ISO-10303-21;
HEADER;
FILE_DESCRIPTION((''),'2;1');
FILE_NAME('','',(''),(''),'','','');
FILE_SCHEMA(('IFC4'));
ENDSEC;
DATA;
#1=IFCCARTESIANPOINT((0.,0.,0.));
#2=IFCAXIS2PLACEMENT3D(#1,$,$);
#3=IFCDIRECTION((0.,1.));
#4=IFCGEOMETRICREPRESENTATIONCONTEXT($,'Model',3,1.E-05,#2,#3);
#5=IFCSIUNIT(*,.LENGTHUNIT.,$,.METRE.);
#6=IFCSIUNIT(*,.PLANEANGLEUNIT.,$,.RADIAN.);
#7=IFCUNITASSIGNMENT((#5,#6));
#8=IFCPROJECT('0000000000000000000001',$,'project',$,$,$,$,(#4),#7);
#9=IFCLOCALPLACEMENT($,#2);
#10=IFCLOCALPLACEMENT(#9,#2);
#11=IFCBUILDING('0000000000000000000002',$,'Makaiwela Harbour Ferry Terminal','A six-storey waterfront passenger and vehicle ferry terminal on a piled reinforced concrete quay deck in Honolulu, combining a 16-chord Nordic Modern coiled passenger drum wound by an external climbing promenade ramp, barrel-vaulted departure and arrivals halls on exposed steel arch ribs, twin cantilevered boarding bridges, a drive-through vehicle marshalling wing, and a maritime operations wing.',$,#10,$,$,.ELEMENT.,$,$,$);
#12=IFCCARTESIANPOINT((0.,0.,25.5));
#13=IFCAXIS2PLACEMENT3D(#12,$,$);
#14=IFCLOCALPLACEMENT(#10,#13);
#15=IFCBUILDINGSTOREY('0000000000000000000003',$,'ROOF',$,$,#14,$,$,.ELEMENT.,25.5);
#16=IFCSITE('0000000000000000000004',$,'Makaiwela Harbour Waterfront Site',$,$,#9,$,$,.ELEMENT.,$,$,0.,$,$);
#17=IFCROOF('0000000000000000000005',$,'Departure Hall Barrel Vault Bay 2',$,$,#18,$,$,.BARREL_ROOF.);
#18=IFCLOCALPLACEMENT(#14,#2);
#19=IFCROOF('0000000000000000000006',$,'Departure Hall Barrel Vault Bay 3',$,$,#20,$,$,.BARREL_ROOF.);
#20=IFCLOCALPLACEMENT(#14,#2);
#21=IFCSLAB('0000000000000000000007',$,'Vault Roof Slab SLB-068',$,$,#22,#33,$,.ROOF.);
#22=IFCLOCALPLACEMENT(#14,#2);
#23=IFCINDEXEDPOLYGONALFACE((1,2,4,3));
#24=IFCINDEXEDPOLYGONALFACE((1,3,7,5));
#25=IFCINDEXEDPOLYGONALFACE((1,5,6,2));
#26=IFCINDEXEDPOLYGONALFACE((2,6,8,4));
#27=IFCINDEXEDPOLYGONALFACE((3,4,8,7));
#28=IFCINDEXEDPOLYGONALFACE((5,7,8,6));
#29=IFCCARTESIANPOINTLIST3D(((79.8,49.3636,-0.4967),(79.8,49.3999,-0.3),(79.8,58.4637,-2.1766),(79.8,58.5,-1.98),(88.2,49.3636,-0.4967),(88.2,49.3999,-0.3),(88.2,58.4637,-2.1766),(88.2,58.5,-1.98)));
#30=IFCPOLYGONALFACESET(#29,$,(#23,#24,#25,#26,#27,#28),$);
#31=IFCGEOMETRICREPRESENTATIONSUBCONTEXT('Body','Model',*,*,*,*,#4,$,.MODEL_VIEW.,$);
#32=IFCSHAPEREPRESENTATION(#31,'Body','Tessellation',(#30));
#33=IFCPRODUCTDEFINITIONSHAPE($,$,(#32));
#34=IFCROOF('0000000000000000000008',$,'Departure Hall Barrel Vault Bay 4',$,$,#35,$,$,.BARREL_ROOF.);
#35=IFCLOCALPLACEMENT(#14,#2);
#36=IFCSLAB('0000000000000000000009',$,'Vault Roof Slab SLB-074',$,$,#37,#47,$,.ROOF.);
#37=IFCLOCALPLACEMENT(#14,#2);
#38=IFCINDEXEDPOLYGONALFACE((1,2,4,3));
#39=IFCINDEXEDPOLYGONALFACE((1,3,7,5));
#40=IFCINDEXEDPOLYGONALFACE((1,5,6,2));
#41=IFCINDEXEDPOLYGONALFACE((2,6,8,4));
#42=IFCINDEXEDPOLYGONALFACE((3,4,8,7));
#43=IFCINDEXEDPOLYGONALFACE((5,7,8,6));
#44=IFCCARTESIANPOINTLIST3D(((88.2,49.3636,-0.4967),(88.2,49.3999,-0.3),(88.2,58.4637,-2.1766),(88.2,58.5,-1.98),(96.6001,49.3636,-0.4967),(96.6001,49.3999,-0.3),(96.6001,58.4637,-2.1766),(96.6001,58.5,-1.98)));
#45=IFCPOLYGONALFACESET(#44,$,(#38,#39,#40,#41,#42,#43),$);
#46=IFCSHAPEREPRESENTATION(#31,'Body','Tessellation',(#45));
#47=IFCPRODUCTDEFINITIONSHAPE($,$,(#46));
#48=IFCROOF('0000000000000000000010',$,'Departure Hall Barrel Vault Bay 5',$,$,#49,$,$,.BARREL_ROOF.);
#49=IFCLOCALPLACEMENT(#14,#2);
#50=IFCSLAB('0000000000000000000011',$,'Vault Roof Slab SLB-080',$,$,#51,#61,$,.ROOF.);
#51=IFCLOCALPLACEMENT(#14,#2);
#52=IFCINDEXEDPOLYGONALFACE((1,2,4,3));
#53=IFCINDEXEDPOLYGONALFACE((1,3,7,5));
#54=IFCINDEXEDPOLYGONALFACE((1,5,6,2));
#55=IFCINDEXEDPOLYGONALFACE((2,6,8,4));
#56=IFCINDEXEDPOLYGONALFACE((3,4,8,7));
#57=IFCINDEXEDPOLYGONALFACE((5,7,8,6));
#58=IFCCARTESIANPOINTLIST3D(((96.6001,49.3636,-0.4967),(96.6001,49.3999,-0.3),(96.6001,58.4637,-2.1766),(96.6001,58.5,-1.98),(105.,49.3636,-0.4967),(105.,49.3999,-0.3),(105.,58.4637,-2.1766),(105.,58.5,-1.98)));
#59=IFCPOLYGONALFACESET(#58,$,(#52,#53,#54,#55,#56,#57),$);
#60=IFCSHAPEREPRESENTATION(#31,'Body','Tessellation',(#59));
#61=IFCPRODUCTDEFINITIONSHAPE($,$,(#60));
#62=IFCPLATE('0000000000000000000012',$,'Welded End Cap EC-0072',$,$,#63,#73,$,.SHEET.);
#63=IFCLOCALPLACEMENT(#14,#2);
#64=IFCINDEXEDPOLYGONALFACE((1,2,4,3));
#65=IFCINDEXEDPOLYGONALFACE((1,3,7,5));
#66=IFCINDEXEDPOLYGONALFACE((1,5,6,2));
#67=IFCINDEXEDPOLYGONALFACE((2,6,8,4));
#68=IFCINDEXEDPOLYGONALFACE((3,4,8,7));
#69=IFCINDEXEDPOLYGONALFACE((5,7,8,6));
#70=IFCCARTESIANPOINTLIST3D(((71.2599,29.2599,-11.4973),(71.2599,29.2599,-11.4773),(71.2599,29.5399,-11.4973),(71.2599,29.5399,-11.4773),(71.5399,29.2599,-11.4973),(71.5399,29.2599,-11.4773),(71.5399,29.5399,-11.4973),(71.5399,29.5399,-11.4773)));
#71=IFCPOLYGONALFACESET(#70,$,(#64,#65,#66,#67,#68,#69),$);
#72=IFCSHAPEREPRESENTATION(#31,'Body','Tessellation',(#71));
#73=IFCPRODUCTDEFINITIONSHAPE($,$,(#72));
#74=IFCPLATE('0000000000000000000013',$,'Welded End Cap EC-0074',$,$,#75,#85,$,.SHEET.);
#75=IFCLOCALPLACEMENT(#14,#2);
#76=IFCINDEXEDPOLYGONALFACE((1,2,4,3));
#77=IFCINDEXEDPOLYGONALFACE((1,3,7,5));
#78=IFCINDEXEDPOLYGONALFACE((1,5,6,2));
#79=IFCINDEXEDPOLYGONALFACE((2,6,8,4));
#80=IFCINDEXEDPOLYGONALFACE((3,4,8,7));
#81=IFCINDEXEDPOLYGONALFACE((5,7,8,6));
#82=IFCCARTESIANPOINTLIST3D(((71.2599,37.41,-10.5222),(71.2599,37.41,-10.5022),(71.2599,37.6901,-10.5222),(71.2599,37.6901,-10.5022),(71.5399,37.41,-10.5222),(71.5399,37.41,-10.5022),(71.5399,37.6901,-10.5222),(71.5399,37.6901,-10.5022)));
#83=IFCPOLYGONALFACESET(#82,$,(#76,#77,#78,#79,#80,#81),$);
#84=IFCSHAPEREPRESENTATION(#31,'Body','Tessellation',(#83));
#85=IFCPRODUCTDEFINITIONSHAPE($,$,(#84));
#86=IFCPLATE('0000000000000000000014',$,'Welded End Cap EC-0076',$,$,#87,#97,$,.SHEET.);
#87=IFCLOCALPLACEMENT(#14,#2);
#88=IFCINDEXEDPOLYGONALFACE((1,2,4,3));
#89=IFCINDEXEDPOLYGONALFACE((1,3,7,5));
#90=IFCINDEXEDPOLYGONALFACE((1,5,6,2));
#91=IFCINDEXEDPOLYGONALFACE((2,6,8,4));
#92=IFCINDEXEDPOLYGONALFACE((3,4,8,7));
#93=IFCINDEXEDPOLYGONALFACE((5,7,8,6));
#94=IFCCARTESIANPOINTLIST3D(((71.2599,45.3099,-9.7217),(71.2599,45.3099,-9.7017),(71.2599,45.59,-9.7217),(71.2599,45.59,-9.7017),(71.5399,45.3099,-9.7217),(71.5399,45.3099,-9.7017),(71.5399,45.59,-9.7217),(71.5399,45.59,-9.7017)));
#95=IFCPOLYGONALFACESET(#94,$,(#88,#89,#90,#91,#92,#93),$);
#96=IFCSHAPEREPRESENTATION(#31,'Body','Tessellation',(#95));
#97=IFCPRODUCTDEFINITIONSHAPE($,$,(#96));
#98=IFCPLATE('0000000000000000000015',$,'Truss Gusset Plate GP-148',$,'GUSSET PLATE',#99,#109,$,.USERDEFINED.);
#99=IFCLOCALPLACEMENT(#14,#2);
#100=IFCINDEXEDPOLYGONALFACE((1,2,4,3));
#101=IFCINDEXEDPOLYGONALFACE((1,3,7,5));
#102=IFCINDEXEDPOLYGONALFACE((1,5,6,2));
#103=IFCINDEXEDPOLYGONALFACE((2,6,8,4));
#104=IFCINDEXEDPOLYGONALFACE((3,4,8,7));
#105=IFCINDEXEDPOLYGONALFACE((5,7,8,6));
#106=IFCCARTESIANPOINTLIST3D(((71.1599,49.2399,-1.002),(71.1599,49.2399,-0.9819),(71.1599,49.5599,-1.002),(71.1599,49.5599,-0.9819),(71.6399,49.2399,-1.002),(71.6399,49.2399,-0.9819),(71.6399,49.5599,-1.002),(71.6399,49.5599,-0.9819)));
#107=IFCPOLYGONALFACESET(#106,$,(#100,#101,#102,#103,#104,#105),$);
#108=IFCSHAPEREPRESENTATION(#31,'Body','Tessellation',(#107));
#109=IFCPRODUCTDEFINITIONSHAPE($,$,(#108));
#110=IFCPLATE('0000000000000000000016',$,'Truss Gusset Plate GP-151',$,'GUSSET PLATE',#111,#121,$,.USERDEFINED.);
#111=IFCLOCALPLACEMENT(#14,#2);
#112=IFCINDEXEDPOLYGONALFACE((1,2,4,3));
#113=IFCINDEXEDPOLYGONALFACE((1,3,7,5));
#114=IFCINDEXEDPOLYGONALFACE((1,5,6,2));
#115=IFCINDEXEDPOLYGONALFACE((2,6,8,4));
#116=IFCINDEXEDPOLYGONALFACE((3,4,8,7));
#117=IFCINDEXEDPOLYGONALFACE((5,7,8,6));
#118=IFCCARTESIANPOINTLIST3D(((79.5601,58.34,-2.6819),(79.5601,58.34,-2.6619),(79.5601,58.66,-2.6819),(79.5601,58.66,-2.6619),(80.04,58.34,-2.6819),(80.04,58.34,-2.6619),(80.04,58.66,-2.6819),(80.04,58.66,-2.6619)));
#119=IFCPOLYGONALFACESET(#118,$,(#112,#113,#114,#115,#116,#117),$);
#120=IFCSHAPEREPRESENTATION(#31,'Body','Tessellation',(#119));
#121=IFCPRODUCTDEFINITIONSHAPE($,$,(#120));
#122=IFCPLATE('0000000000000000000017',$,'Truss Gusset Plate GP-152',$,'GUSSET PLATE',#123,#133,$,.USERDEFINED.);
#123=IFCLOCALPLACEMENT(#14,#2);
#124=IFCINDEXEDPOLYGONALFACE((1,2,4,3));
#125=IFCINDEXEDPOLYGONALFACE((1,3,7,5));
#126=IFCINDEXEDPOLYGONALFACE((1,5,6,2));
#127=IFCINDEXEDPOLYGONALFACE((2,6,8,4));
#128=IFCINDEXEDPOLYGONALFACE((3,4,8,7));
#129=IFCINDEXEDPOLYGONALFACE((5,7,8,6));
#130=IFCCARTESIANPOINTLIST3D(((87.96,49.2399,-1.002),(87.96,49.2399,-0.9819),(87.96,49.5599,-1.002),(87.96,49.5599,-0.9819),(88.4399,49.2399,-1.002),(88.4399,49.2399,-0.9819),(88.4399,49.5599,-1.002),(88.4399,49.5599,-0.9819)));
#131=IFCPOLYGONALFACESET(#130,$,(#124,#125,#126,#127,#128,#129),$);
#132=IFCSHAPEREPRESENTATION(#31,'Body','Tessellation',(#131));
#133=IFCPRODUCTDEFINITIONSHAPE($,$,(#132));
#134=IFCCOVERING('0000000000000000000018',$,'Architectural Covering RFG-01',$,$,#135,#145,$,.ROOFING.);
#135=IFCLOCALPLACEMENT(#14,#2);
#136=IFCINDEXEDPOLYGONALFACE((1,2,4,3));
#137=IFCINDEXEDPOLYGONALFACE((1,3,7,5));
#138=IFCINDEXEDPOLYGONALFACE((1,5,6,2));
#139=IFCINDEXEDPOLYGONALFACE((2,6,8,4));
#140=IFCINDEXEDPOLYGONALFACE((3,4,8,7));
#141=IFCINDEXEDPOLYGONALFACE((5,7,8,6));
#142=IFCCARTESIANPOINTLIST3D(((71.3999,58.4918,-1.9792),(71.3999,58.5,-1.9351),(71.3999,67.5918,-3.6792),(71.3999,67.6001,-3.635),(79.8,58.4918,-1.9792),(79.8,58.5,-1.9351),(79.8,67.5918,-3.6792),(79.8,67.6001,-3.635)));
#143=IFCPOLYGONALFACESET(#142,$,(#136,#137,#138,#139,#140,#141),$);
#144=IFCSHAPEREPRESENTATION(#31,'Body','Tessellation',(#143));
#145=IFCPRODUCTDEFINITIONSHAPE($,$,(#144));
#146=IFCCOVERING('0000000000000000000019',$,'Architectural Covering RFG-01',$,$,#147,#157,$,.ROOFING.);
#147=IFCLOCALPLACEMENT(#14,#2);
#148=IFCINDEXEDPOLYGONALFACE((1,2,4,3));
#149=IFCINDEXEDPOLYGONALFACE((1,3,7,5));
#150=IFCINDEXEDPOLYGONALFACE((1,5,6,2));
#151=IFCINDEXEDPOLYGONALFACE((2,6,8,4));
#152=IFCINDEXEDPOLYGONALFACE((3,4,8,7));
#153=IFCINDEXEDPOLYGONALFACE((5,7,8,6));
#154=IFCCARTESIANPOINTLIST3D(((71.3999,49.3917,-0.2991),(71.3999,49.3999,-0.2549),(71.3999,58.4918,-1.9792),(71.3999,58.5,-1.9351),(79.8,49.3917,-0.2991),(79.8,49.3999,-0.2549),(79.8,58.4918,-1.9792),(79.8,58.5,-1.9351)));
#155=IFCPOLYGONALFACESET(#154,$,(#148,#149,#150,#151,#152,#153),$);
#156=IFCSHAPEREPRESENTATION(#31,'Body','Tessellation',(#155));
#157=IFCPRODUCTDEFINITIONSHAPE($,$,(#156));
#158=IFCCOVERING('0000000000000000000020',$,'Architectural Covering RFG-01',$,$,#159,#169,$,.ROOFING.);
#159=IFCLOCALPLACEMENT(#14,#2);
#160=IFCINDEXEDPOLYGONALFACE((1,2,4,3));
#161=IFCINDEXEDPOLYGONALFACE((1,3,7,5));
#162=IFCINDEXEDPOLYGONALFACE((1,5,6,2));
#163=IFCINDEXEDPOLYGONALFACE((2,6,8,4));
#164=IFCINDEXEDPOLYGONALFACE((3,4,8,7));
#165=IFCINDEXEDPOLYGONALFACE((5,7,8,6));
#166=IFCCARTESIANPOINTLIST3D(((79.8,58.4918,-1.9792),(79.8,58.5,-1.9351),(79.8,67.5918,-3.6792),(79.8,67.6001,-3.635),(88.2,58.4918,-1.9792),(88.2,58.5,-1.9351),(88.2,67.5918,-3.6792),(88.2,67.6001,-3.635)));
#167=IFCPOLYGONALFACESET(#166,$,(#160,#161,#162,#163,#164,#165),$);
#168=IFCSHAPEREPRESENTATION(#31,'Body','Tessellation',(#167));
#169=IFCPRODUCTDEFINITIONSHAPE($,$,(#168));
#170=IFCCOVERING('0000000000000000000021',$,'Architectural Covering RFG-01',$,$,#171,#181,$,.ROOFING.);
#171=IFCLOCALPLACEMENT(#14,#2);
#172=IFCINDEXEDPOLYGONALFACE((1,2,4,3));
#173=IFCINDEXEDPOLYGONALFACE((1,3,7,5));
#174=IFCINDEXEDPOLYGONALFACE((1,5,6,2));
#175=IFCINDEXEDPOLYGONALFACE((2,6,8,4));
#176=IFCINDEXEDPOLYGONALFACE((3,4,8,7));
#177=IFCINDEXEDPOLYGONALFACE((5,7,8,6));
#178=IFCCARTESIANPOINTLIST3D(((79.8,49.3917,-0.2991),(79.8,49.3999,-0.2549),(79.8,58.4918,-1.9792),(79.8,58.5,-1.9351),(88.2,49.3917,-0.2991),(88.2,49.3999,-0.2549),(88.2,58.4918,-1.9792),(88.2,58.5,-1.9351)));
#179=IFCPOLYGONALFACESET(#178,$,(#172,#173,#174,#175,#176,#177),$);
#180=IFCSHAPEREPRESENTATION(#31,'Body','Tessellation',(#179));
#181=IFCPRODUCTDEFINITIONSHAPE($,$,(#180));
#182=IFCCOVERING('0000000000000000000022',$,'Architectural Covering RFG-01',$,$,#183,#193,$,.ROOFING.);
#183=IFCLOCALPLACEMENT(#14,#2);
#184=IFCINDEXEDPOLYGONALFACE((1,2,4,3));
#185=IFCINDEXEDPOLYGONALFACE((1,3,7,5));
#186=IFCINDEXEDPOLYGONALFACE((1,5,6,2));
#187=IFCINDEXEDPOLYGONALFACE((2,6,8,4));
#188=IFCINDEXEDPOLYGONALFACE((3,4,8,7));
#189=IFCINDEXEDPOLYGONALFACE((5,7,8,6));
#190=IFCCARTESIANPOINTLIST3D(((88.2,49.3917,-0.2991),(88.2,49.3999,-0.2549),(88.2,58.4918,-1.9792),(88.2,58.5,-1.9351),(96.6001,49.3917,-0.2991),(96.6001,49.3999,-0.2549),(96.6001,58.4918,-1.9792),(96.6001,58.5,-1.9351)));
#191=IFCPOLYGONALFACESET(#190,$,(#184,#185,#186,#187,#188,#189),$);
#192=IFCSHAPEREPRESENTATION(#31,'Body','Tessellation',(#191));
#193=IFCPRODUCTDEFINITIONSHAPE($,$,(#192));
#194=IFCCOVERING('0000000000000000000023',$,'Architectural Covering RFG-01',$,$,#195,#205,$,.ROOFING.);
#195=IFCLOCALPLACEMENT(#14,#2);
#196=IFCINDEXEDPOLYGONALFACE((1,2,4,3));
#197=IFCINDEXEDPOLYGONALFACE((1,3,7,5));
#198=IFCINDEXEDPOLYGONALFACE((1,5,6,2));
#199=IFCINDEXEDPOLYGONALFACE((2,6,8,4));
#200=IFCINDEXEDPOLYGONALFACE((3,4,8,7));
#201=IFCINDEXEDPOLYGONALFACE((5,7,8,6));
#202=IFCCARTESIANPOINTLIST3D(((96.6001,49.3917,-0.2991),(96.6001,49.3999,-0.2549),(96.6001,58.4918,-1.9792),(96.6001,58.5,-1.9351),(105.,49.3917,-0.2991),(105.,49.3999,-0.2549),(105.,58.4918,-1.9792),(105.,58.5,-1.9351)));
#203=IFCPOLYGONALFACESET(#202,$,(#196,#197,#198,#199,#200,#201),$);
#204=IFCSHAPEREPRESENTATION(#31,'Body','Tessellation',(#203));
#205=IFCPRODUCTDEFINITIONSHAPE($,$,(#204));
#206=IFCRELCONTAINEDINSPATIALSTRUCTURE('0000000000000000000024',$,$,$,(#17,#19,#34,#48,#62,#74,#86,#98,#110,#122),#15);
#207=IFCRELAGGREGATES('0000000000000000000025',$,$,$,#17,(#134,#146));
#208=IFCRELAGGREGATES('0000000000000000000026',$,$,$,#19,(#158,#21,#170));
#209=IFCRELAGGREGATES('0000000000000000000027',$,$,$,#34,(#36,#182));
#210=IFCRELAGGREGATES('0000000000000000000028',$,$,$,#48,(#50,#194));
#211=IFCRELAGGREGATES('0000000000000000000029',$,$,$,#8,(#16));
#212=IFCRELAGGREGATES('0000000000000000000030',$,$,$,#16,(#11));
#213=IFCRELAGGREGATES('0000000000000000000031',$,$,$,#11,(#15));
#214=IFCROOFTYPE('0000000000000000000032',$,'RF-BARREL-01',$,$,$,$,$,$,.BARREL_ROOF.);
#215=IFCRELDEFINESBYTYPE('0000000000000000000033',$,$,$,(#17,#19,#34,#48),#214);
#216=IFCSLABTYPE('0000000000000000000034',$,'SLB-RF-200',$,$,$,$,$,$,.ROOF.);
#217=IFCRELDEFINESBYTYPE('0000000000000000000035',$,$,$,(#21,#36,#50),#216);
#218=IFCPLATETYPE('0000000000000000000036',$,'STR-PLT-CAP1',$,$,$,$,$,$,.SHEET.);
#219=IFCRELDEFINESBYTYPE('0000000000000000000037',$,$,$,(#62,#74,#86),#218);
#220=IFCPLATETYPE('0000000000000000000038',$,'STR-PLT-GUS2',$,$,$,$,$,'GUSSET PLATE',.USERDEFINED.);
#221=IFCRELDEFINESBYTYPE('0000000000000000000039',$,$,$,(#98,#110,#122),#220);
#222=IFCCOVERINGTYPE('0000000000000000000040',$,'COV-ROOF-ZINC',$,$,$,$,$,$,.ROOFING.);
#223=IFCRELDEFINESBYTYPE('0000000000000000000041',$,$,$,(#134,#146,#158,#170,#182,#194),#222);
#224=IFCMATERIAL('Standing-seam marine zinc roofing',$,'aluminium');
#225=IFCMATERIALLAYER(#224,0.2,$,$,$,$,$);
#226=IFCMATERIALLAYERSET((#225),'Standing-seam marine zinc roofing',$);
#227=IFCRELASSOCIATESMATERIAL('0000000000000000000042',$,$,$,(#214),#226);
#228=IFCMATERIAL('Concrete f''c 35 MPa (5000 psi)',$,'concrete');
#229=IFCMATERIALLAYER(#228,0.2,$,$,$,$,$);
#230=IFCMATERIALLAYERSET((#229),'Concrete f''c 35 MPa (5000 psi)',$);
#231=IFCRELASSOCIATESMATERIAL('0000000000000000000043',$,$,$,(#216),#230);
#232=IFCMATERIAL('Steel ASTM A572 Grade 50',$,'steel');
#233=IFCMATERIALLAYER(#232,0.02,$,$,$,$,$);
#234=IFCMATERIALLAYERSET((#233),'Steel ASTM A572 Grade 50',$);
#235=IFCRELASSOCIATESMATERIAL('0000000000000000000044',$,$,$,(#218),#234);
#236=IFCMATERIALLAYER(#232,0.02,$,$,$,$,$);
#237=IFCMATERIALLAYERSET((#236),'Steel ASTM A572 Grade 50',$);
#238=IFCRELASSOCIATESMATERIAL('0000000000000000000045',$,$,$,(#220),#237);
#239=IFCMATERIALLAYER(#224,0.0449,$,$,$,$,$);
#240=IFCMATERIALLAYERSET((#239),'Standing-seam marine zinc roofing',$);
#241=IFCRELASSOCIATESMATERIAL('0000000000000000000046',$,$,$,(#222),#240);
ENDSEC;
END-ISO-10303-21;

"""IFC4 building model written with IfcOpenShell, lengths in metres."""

from ifc_helpers import new_model, si_unit, direction, frame, origin, origin_2d, place, context, subcontext, project, spatial, polyline, rectangle, outline, extrude, material, layer, layer_set, type_object, element, aggregate, save


model = new_model("IFC4")

# Units and contexts
model_context = context("Model", 3, precision=1e-05, world=origin(), true_north=direction((0.0, 1.0)))
body_context = subcontext(model_context, "Body", "Model", "MODEL_VIEW")
ifc_project = project(units=[si_unit("LENGTHUNIT", "METRE"), si_unit("PLANEANGLEUNIT", "RADIAN")], contexts=[model_context])

# Site, building, storey
site_placement = place(None, origin())
site = spatial("IfcSite", under=ifc_project, at=site_placement, Name="Makaiwela Harbour Waterfront Site", CompositionType="ELEMENT", RefElevation=0.0)
building_placement = place(site_placement, origin())
building = spatial("IfcBuilding", under=site, at=building_placement, Name="Makaiwela Harbour Ferry Terminal", Description="A six-storey waterfront passenger and vehicle ferry terminal on a piled reinforced concrete quay deck in Honolulu, combining a 16-chord Nordic Modern coiled passenger drum wound by an external climbing promenade ramp, barrel-vaulted departure and arrivals halls on exposed steel arch ribs, twin cantilevered boarding bridges, a drive-through vehicle marshalling wing, and a maritime operations wing.", CompositionType="ELEMENT")
storey_placement = place(building_placement, frame((0.0, 0.0, 25.5)))
storey = spatial("IfcBuildingStorey", under=building, at=storey_placement, Name="ROOF", CompositionType="ELEMENT", Elevation=25.5)

# Roofs, slab
ifc_material_1 = material(Name="Standing-seam marine zinc roofing", Category="aluminium")
ifc_layer_1 = layer(ifc_material_1, 0.2)
ifc_layer_set_1 = layer_set([ifc_layer_1], Name="Standing-seam marine zinc roofing")
roof_type = type_object("IfcRoofType", Name="RF-BARREL-01", PredefinedType="BARREL_ROOF", material=ifc_layer_set_1)
roof_1_placement = place(storey_placement, origin())
roof_1 = element("IfcRoof", 1, at=roof_1_placement, inside=storey, type_object=roof_type, Name="Departure Hall Barrel Vault Bay 2", PredefinedType="BARREL_ROOF")
ifc_material_2 = material(Name="Concrete f'c 35 MPa (5000 psi)", Category="concrete")
ifc_layer_2 = layer(ifc_material_2, 0.2)
ifc_layer_set_2 = layer_set([ifc_layer_2], Name="Concrete f'c 35 MPa (5000 psi)")
slab_type = type_object("IfcSlabType", Name="SLB-RF-200", PredefinedType="ROOF", material=ifc_layer_set_2)
roof_2_placement = place(storey_placement, origin())
roof_2 = element("IfcRoof", 2, at=roof_2_placement, inside=storey, type_object=roof_type, Name="Departure Hall Barrel Vault Bay 3", PredefinedType="BARREL_ROOF")
slab_1_placement = place(storey_placement, frame((79.8, 49.3999, -0.3), z_axis=(0.0, 0.181538, 0.983384), x_axis=(1.0, 0.0, 0.0)))
slab_1 = element("IfcSlab", 3, at=slab_1_placement, type_object=slab_type, Name="Vault Roof Slab SLB-068", PredefinedType="ROOF", context=body_context, shape_type="SweptSolid", body=[
    extrude(outline(polyline([(0.0, 0.0), (8.3999, 0.0), (8.3999, 9.2539), (0.0, 9.2539), (0.0, 0.0)])), origin(), (0.0, 0.0, -1.0), 0.2),
])

# Roofs, slabs
roof_3_placement = place(storey_placement, origin())
roof_3 = element("IfcRoof", 4, at=roof_3_placement, inside=storey, type_object=roof_type, Name="Departure Hall Barrel Vault Bay 4", PredefinedType="BARREL_ROOF")
slab_2_placement = place(storey_placement, frame((88.2, 49.3999, -0.3), z_axis=(0.0, 0.181538, 0.983384), x_axis=(1.0, 0.0, 0.0)))
slab_2 = element("IfcSlab", 5, at=slab_2_placement, type_object=slab_type, Name="Vault Roof Slab SLB-074", PredefinedType="ROOF", context=body_context, shape_type="SweptSolid", body=[
    extrude(outline(polyline([(0.0, 0.0), (8.4001, 0.0), (8.4001, 9.2539), (0.0, 9.2539), (0.0, 0.0)])), origin(), (0.0, 0.0, -1.0), 0.2),
])
roof_4_placement = place(storey_placement, origin())
roof_4 = element("IfcRoof", 6, at=roof_4_placement, inside=storey, type_object=roof_type, Name="Departure Hall Barrel Vault Bay 5", PredefinedType="BARREL_ROOF")
slab_3_placement = place(storey_placement, frame((96.6001, 49.3999, -0.3), z_axis=(0.0, 0.181538, 0.983384), x_axis=(1.0, 0.0, 0.0)))
slab_3 = element("IfcSlab", 7, at=slab_3_placement, type_object=slab_type, Name="Vault Roof Slab SLB-080", PredefinedType="ROOF", context=body_context, shape_type="SweptSolid", body=[
    extrude(outline(polyline([(0.0, 0.0), (8.3999, 0.0), (8.3999, 9.2539), (0.0, 9.2539), (0.0, 0.0)])), origin(), (0.0, 0.0, -1.0), 0.2),
])

# Plates
ifc_material_3 = material(Name="Steel ASTM A572 Grade 50", Category="steel")
ifc_layer_3 = layer(ifc_material_3, 0.02)
ifc_layer_set_3 = layer_set([ifc_layer_3], Name="Steel ASTM A572 Grade 50")
plate_type_1 = type_object("IfcPlateType", Name="STR-PLT-CAP1", PredefinedType="SHEET", material=ifc_layer_set_3)
for number, where, z_axis, x_axis, name in (
    (8, (71.3999, 29.3999, -11.4973), (0.0, 0.0, 1.0), (0.0, 1.0, 0.0), "Welded End Cap EC-0072"),
    (9, (71.3999, 37.55, -10.5222), (0.0, 0.0, 1.0), (0.0, 1.0, 0.0), "Welded End Cap EC-0074"),
    (10, (71.3999, 45.45, -9.7217), (0.0, 0.0, 1.0), (0.0, 1.0, 0.0), "Welded End Cap EC-0076"),
):
    element("IfcPlate", number, at=place(storey_placement, frame(where, z_axis=z_axis, x_axis=x_axis)), inside=storey, type_object=plate_type_1, Name=name, PredefinedType="SHEET", context=body_context, shape_type="SweptSolid", body=[
        extrude(rectangle(XDim=0.28, YDim=0.28, at=origin_2d()), origin(), (0.0, 0.0, 1.0), 0.02),
    ])
ifc_layer_4 = layer(ifc_material_3, 0.02)
ifc_layer_set_4 = layer_set([ifc_layer_4], Name="Steel ASTM A572 Grade 50")
plate_type_2 = type_object("IfcPlateType", Name="STR-PLT-GUS2", ElementType="GUSSET PLATE", PredefinedType="USERDEFINED", material=ifc_layer_set_4)
for number, where, z_axis, x_axis, name in (
    (11, (71.3999, 49.3999, -1.002), (0.0, 0.0, 1.0), (1.0, 0.0, 0.0), "Truss Gusset Plate GP-148"),
    (12, (79.8, 58.5, -2.6819), (0.0, 0.0, 1.0), (1.0, 0.0, 0.0), "Truss Gusset Plate GP-151"),
    (13, (88.2, 49.3999, -1.002), (0.0, 0.0, 1.0), (1.0, 0.0, 0.0), "Truss Gusset Plate GP-152"),
):
    element("IfcPlate", number, at=place(storey_placement, frame(where, z_axis=z_axis, x_axis=x_axis)), inside=storey, type_object=plate_type_2, Name=name, ObjectType="GUSSET PLATE", PredefinedType="USERDEFINED", context=body_context, shape_type="SweptSolid", body=[
        extrude(rectangle(XDim=0.48, YDim=0.3201, at=origin_2d()), origin(), (0.0, 0.0, 1.0), 0.02),
    ])

# Coverings
ifc_layer_5 = layer(ifc_material_1, 0.0449)
ifc_layer_set_5 = layer_set([ifc_layer_5], Name="Standing-seam marine zinc roofing")
covering_type = type_object("IfcCoveringType", Name="COV-ROOF-ZINC", PredefinedType="ROOFING", material=ifc_layer_set_5)
covering_1_placement = place(storey_placement, frame((71.3999, 58.5, -1.9351), z_axis=(0.0, 0.183629, 0.982996), x_axis=(1.0, 0.0, 0.0)))
covering_1 = element("IfcCovering", 14, at=covering_1_placement, type_object=covering_type, Name="Architectural Covering RFG-01", PredefinedType="ROOFING", context=body_context, shape_type="SweptSolid", body=[
    extrude(outline(polyline([(0.0, 0.0), (8.4001, 0.0), (8.4001, 9.2575), (0.0, 9.2575), (0.0, 0.0)])), origin(), (0.0, 0.0, -1.0), 0.0449),
])
covering_2_placement = place(storey_placement, frame((71.3999, 49.3999, -0.2549), z_axis=(0.0, 0.181564, 0.983379), x_axis=(1.0, 0.0, 0.0)))
covering_2 = element("IfcCovering", 15, at=covering_2_placement, type_object=covering_type, Name="Architectural Covering RFG-01", PredefinedType="ROOFING", context=body_context, shape_type="SweptSolid", body=[
    extrude(outline(polyline([(0.0, 0.0), (8.4001, 0.0), (8.4001, 9.2539), (0.0, 9.2539), (0.0, 0.0)])), origin(), (0.0, 0.0, -1.0), 0.0449),
])
aggregate(roof_1, [covering_1, covering_2])
covering_3_placement = place(storey_placement, frame((79.8, 58.5, -1.9351), z_axis=(0.0, 0.183629, 0.982996), x_axis=(1.0, 0.0, 0.0)))
covering_3 = element("IfcCovering", 16, at=covering_3_placement, type_object=covering_type, Name="Architectural Covering RFG-01", PredefinedType="ROOFING", context=body_context, shape_type="SweptSolid", body=[
    extrude(outline(polyline([(0.0, 0.0), (8.3999, 0.0), (8.3999, 9.2575), (0.0, 9.2575), (0.0, 0.0)])), origin(), (0.0, 0.0, -1.0), 0.0449),
])
covering_4_placement = place(storey_placement, frame((79.8, 49.3999, -0.2549), z_axis=(0.0, 0.181564, 0.983379), x_axis=(1.0, 0.0, 0.0)))
covering_4 = element("IfcCovering", 17, at=covering_4_placement, type_object=covering_type, Name="Architectural Covering RFG-01", PredefinedType="ROOFING", context=body_context, shape_type="SweptSolid", body=[
    extrude(outline(polyline([(0.0, 0.0), (8.3999, 0.0), (8.3999, 9.2539), (0.0, 9.2539), (0.0, 0.0)])), origin(), (0.0, 0.0, -1.0), 0.0449),
])
aggregate(roof_2, [covering_3, slab_1, covering_4])
covering_5_placement = place(storey_placement, frame((88.2, 49.3999, -0.2549), z_axis=(0.0, 0.181564, 0.983379), x_axis=(1.0, 0.0, 0.0)))
covering_5 = element("IfcCovering", 18, at=covering_5_placement, type_object=covering_type, Name="Architectural Covering RFG-01", PredefinedType="ROOFING", context=body_context, shape_type="SweptSolid", body=[
    extrude(outline(polyline([(0.0, 0.0), (8.4001, 0.0), (8.4001, 9.2539), (0.0, 9.2539), (0.0, 0.0)])), origin(), (0.0, 0.0, -1.0), 0.0449),
])
aggregate(roof_3, [slab_2, covering_5])
covering_6_placement = place(storey_placement, frame((96.6001, 49.3999, -0.2549), z_axis=(0.0, 0.181564, 0.983379), x_axis=(1.0, 0.0, 0.0)))
covering_6 = element("IfcCovering", 19, at=covering_6_placement, type_object=covering_type, Name="Architectural Covering RFG-01", PredefinedType="ROOFING", context=body_context, shape_type="SweptSolid", body=[
    extrude(outline(polyline([(0.0, 0.0), (8.3999, 0.0), (8.3999, 9.2539), (0.0, 9.2539), (0.0, 0.0)])), origin(), (0.0, 0.0, -1.0), 0.0449),
])
aggregate(roof_4, [slab_3, covering_6])

save(model, "model.ifc")
